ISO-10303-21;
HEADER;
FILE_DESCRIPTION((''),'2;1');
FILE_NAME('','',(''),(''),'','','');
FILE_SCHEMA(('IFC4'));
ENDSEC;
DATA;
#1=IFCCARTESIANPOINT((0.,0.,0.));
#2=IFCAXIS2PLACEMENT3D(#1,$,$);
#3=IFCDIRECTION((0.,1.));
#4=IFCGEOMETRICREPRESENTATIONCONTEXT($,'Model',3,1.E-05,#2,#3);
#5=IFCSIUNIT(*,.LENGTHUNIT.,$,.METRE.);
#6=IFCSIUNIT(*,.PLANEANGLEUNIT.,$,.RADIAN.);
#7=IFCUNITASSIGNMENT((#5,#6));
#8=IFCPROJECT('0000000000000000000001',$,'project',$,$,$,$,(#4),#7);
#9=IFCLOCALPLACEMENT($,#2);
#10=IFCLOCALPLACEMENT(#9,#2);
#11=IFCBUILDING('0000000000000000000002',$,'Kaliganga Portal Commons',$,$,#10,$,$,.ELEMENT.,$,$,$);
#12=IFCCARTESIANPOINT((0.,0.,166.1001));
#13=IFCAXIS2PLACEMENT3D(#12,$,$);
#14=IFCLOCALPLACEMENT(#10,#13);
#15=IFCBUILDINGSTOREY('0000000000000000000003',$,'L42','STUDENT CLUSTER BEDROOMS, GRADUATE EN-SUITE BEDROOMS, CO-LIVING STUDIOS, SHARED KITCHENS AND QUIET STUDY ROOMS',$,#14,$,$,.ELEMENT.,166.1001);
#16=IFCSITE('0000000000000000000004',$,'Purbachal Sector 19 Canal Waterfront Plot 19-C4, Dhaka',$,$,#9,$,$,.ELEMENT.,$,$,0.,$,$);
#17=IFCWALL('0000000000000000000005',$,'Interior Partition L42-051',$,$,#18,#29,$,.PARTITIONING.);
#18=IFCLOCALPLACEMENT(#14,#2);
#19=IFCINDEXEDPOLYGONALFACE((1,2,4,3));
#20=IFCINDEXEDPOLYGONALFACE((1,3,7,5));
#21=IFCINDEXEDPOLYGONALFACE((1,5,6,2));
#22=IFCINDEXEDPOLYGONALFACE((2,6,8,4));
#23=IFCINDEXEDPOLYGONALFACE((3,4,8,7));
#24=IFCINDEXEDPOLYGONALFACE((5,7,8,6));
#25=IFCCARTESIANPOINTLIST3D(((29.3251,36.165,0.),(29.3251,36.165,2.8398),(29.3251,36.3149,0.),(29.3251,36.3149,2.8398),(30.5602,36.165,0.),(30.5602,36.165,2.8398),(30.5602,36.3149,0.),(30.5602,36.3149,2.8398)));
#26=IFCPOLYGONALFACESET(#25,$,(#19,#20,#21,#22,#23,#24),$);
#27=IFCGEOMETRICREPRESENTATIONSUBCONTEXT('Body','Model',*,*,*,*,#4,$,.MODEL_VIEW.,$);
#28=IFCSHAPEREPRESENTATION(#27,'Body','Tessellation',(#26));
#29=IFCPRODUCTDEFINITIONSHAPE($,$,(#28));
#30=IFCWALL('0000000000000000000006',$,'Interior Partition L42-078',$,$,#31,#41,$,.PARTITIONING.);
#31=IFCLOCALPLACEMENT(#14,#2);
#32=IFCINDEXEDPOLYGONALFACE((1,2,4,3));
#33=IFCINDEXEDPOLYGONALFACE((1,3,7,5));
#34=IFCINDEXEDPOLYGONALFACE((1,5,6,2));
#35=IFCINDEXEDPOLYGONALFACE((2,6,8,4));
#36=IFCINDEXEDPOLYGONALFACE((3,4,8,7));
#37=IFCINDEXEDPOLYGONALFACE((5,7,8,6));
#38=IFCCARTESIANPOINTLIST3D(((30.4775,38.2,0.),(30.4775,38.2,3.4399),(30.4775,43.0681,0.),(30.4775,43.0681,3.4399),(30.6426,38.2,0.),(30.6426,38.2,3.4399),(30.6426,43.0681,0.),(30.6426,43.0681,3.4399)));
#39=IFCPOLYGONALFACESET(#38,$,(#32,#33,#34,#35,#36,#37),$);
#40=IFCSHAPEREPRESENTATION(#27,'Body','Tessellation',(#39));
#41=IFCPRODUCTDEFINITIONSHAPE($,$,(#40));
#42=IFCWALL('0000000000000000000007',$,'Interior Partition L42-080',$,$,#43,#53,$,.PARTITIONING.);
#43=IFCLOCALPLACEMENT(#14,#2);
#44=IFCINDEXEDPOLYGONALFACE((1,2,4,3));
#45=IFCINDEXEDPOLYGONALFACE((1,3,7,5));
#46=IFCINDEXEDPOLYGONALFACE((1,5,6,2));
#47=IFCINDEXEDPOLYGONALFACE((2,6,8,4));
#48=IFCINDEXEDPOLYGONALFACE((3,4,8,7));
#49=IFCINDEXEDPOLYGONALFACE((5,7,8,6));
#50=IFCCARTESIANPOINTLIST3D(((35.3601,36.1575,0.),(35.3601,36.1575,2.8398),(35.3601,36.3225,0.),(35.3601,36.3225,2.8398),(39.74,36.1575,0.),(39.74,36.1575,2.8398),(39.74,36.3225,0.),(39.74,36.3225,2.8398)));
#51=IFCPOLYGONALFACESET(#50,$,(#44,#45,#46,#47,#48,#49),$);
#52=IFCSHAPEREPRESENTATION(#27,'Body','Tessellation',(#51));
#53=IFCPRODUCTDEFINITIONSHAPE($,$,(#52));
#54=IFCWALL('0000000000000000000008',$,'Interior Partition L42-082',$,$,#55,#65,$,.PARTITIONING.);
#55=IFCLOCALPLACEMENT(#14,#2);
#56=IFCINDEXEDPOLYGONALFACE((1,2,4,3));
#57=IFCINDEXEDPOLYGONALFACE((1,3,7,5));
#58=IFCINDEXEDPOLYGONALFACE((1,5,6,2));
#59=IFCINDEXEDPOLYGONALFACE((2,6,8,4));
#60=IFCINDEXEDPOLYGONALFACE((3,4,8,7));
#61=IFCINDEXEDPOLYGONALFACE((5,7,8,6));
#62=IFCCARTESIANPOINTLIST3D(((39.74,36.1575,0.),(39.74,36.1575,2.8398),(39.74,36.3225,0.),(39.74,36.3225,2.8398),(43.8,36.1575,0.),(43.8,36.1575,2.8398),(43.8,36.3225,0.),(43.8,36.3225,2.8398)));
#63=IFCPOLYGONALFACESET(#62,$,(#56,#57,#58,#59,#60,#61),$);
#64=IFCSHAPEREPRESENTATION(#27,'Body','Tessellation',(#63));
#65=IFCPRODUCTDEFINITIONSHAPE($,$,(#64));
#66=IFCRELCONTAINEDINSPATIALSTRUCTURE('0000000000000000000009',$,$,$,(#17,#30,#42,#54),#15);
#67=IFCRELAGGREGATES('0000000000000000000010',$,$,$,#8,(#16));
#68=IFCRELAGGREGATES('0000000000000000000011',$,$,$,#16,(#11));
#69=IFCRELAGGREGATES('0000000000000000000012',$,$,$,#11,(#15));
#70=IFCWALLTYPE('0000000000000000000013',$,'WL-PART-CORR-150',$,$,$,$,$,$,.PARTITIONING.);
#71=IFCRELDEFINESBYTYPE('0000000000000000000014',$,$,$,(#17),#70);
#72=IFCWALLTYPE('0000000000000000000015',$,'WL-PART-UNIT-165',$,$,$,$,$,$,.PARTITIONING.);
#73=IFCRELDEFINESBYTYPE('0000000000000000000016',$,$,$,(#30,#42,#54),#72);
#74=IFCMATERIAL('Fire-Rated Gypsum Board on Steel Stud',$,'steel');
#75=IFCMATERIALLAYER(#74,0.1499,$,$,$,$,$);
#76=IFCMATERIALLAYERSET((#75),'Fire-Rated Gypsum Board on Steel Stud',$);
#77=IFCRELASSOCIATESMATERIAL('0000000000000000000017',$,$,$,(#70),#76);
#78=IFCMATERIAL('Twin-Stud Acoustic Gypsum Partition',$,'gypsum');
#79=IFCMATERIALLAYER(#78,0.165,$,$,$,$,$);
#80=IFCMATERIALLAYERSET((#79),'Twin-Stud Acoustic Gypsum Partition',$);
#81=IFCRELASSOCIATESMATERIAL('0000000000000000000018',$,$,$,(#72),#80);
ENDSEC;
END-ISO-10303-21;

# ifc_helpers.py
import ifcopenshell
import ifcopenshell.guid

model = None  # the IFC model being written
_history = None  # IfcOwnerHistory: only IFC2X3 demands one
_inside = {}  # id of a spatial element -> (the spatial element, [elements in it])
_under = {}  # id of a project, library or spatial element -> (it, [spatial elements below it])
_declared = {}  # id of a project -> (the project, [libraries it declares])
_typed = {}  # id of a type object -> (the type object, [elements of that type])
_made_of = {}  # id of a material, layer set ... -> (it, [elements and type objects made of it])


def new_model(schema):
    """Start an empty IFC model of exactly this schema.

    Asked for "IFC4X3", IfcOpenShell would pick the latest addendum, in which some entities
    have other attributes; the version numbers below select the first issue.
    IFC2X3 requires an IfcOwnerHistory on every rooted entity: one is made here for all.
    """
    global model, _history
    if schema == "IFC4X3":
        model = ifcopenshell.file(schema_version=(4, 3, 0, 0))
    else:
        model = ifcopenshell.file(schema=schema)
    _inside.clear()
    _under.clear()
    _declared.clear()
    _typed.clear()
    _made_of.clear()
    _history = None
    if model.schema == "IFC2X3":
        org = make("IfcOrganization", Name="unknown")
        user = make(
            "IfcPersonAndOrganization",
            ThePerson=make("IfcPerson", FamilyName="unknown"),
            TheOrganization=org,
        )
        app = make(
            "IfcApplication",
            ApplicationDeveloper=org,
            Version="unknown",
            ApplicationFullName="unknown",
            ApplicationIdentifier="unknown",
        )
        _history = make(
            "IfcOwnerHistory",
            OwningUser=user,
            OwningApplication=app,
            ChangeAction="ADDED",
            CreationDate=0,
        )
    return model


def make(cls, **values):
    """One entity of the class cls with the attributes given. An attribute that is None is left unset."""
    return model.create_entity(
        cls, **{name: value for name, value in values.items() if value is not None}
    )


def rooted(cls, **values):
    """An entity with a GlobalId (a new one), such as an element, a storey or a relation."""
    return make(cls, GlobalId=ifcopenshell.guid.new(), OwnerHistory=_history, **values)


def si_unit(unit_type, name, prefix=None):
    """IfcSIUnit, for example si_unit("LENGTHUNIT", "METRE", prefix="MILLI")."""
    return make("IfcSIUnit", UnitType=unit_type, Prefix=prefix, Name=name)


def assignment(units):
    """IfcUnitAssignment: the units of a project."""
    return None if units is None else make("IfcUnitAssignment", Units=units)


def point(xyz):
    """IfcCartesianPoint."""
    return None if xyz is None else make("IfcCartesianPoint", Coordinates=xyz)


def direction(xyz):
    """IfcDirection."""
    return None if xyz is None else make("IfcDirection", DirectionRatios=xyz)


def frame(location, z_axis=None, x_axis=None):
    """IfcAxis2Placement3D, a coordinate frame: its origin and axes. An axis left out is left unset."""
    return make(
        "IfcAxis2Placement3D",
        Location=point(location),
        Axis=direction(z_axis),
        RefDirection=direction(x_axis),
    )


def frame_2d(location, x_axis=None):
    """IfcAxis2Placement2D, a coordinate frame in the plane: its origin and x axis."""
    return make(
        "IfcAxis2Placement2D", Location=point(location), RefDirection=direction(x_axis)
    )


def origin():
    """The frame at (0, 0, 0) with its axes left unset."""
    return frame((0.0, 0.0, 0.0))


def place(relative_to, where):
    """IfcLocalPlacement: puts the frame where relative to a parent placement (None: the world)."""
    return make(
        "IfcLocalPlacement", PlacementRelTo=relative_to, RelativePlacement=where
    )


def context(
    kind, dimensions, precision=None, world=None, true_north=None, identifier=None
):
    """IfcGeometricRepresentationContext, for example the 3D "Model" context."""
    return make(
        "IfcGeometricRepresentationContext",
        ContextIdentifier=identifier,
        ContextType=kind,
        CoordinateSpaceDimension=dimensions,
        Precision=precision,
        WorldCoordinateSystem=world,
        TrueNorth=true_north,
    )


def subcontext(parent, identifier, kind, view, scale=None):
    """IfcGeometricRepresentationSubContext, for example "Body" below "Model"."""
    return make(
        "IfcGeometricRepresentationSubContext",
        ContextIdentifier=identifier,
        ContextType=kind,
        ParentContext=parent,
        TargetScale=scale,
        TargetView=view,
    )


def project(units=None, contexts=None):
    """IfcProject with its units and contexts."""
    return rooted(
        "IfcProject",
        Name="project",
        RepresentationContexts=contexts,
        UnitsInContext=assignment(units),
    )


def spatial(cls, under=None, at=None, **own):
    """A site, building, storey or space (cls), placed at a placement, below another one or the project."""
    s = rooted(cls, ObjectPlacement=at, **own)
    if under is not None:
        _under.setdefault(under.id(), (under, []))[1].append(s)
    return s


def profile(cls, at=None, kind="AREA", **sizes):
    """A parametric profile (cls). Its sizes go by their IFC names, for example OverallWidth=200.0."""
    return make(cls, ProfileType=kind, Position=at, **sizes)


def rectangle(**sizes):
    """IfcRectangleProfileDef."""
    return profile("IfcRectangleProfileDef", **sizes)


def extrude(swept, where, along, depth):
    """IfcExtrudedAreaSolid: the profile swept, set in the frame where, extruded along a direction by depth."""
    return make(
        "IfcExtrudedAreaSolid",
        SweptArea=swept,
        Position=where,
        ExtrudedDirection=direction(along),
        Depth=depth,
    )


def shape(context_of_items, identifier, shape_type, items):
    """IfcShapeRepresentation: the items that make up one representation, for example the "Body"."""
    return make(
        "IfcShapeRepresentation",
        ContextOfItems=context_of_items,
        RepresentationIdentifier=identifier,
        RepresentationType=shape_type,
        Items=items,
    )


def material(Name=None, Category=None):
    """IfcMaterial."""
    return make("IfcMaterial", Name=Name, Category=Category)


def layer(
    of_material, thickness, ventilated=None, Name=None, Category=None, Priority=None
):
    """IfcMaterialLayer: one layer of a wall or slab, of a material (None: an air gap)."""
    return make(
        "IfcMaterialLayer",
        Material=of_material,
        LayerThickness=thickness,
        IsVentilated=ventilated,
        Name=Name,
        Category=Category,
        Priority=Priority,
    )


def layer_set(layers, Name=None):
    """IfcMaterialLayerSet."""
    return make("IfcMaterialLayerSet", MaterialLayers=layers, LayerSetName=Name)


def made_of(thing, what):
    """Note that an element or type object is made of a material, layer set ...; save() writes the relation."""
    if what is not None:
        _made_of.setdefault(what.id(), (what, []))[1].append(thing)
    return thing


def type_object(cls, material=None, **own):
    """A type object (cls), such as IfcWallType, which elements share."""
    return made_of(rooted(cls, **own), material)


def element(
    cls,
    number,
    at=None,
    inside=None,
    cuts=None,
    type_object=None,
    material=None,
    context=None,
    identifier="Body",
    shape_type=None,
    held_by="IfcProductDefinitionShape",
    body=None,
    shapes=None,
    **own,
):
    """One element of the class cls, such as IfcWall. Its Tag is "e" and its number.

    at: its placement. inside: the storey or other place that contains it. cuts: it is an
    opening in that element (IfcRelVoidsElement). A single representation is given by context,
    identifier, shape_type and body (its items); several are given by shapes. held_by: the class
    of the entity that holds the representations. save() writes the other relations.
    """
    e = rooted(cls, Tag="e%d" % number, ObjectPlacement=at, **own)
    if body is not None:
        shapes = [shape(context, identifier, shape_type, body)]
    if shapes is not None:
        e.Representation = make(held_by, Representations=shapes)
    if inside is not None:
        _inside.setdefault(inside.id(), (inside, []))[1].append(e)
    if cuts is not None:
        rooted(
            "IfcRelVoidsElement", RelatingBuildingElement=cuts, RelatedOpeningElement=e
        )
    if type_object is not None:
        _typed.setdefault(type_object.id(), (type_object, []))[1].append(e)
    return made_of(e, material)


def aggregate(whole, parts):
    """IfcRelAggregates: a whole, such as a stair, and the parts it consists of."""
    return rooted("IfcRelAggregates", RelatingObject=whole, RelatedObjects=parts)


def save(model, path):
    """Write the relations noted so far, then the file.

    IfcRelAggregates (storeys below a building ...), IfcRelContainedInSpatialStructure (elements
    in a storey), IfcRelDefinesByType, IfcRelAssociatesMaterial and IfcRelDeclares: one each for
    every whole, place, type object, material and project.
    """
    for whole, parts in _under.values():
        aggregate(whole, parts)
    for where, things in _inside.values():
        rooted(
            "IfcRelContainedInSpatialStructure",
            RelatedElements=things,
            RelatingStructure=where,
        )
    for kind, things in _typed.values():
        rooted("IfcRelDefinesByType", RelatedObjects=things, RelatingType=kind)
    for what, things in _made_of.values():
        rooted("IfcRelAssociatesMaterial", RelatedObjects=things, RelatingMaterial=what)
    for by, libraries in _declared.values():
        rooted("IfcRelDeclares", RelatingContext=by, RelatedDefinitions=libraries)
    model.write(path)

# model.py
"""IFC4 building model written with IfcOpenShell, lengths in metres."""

from ifc_helpers import new_model, si_unit, direction, frame, frame_2d, origin, place, context, subcontext, project, spatial, rectangle, extrude, material, layer, layer_set, type_object, element, save


model = new_model("IFC4")

# Units and contexts
model_context = context("Model", 3, precision=1e-05, world=origin(), true_north=direction((0.0, 1.0)))
body_context = subcontext(model_context, "Body", "Model", "MODEL_VIEW")
ifc_project = project(units=[si_unit("LENGTHUNIT", "METRE"), si_unit("PLANEANGLEUNIT", "RADIAN")], contexts=[model_context])

# Site, building, storey
site_placement = place(None, origin())
site = spatial("IfcSite", under=ifc_project, at=site_placement, Name="Purbachal Sector 19 Canal Waterfront Plot 19-C4, Dhaka", CompositionType="ELEMENT", RefElevation=0.0)
building_placement = place(site_placement, origin())
building = spatial("IfcBuilding", under=site, at=building_placement, Name="Kaliganga Portal Commons", CompositionType="ELEMENT")
storey_placement = place(building_placement, frame((0.0, 0.0, 166.1001)))
storey = spatial("IfcBuildingStorey", under=building, at=storey_placement, Name="L42", Description="STUDENT CLUSTER BEDROOMS, GRADUATE EN-SUITE BEDROOMS, CO-LIVING STUDIOS, SHARED KITCHENS AND QUIET STUDY ROOMS", CompositionType="ELEMENT", Elevation=166.1001)

# Shared definitions
ifc_material_1 = material(Name="Fire-Rated Gypsum Board on Steel Stud", Category="steel")
ifc_layer_1 = layer(ifc_material_1, 0.1499)
ifc_layer_set_1 = layer_set([ifc_layer_1], Name="Fire-Rated Gypsum Board on Steel Stud")
wall_type_1 = type_object("IfcWallType", Name="WL-PART-CORR-150", PredefinedType="PARTITIONING", material=ifc_layer_set_1)

# Walls
wall_1_placement = place(storey_placement, frame((29.325, 36.24, 0.0), z_axis=(0.0, 0.0, 1.0), x_axis=(1.0, 0.0, 0.0)))
element("IfcWall", 1, at=wall_1_placement, inside=storey, type_object=wall_type_1, Name="Interior Partition L42-051", PredefinedType="PARTITIONING", context=body_context, shape_type="SweptSolid", body=[
    extrude(rectangle(XDim=1.2351, YDim=0.1499, at=frame_2d((0.6177, 0.0))), origin(), (0.0, 0.0, 1.0), 2.8398),
])
ifc_material_2 = material(Name="Twin-Stud Acoustic Gypsum Partition", Category="gypsum")
ifc_layer_2 = layer(ifc_material_2, 0.165)
ifc_layer_set_2 = layer_set([ifc_layer_2], Name="Twin-Stud Acoustic Gypsum Partition")
wall_type_2 = type_object("IfcWallType", Name="WL-PART-UNIT-165", PredefinedType="PARTITIONING", material=ifc_layer_set_2)
wall_2_placement = place(storey_placement, frame((30.5601, 38.2, 0.0), z_axis=(0.0, 0.0, 1.0), x_axis=(0.0, 1.0, 0.0)))
element("IfcWall", 2, at=wall_2_placement, inside=storey, type_object=wall_type_2, Name="Interior Partition L42-078", PredefinedType="PARTITIONING", context=body_context, shape_type="SweptSolid", body=[
    extrude(rectangle(XDim=4.8682, YDim=0.165, at=frame_2d((2.4341, 0.0))), origin(), (0.0, 0.0, 1.0), 3.4399),
])
wall_3_placement = place(storey_placement, frame((35.3601, 36.24, 0.0), z_axis=(0.0, 0.0, 1.0), x_axis=(1.0, 0.0, 0.0)))
element("IfcWall", 3, at=wall_3_placement, inside=storey, type_object=wall_type_2, Name="Interior Partition L42-080", PredefinedType="PARTITIONING", context=body_context, shape_type="SweptSolid", body=[
    extrude(rectangle(XDim=4.3799, YDim=0.165, at=frame_2d((2.1899, 0.0))), origin(), (0.0, 0.0, 1.0), 2.8398),
])
wall_4_placement = place(storey_placement, frame((39.74, 36.24, 0.0), z_axis=(0.0, 0.0, 1.0), x_axis=(1.0, 0.0, 0.0)))
element("IfcWall", 4, at=wall_4_placement, inside=storey, type_object=wall_type_2, Name="Interior Partition L42-082", PredefinedType="PARTITIONING", context=body_context, shape_type="SweptSolid", body=[
    extrude(rectangle(XDim=4.0601, YDim=0.165, at=frame_2d((2.03, 0.0))), origin(), (0.0, 0.0, 1.0), 2.8398),
])

save(model, "model.ifc")
